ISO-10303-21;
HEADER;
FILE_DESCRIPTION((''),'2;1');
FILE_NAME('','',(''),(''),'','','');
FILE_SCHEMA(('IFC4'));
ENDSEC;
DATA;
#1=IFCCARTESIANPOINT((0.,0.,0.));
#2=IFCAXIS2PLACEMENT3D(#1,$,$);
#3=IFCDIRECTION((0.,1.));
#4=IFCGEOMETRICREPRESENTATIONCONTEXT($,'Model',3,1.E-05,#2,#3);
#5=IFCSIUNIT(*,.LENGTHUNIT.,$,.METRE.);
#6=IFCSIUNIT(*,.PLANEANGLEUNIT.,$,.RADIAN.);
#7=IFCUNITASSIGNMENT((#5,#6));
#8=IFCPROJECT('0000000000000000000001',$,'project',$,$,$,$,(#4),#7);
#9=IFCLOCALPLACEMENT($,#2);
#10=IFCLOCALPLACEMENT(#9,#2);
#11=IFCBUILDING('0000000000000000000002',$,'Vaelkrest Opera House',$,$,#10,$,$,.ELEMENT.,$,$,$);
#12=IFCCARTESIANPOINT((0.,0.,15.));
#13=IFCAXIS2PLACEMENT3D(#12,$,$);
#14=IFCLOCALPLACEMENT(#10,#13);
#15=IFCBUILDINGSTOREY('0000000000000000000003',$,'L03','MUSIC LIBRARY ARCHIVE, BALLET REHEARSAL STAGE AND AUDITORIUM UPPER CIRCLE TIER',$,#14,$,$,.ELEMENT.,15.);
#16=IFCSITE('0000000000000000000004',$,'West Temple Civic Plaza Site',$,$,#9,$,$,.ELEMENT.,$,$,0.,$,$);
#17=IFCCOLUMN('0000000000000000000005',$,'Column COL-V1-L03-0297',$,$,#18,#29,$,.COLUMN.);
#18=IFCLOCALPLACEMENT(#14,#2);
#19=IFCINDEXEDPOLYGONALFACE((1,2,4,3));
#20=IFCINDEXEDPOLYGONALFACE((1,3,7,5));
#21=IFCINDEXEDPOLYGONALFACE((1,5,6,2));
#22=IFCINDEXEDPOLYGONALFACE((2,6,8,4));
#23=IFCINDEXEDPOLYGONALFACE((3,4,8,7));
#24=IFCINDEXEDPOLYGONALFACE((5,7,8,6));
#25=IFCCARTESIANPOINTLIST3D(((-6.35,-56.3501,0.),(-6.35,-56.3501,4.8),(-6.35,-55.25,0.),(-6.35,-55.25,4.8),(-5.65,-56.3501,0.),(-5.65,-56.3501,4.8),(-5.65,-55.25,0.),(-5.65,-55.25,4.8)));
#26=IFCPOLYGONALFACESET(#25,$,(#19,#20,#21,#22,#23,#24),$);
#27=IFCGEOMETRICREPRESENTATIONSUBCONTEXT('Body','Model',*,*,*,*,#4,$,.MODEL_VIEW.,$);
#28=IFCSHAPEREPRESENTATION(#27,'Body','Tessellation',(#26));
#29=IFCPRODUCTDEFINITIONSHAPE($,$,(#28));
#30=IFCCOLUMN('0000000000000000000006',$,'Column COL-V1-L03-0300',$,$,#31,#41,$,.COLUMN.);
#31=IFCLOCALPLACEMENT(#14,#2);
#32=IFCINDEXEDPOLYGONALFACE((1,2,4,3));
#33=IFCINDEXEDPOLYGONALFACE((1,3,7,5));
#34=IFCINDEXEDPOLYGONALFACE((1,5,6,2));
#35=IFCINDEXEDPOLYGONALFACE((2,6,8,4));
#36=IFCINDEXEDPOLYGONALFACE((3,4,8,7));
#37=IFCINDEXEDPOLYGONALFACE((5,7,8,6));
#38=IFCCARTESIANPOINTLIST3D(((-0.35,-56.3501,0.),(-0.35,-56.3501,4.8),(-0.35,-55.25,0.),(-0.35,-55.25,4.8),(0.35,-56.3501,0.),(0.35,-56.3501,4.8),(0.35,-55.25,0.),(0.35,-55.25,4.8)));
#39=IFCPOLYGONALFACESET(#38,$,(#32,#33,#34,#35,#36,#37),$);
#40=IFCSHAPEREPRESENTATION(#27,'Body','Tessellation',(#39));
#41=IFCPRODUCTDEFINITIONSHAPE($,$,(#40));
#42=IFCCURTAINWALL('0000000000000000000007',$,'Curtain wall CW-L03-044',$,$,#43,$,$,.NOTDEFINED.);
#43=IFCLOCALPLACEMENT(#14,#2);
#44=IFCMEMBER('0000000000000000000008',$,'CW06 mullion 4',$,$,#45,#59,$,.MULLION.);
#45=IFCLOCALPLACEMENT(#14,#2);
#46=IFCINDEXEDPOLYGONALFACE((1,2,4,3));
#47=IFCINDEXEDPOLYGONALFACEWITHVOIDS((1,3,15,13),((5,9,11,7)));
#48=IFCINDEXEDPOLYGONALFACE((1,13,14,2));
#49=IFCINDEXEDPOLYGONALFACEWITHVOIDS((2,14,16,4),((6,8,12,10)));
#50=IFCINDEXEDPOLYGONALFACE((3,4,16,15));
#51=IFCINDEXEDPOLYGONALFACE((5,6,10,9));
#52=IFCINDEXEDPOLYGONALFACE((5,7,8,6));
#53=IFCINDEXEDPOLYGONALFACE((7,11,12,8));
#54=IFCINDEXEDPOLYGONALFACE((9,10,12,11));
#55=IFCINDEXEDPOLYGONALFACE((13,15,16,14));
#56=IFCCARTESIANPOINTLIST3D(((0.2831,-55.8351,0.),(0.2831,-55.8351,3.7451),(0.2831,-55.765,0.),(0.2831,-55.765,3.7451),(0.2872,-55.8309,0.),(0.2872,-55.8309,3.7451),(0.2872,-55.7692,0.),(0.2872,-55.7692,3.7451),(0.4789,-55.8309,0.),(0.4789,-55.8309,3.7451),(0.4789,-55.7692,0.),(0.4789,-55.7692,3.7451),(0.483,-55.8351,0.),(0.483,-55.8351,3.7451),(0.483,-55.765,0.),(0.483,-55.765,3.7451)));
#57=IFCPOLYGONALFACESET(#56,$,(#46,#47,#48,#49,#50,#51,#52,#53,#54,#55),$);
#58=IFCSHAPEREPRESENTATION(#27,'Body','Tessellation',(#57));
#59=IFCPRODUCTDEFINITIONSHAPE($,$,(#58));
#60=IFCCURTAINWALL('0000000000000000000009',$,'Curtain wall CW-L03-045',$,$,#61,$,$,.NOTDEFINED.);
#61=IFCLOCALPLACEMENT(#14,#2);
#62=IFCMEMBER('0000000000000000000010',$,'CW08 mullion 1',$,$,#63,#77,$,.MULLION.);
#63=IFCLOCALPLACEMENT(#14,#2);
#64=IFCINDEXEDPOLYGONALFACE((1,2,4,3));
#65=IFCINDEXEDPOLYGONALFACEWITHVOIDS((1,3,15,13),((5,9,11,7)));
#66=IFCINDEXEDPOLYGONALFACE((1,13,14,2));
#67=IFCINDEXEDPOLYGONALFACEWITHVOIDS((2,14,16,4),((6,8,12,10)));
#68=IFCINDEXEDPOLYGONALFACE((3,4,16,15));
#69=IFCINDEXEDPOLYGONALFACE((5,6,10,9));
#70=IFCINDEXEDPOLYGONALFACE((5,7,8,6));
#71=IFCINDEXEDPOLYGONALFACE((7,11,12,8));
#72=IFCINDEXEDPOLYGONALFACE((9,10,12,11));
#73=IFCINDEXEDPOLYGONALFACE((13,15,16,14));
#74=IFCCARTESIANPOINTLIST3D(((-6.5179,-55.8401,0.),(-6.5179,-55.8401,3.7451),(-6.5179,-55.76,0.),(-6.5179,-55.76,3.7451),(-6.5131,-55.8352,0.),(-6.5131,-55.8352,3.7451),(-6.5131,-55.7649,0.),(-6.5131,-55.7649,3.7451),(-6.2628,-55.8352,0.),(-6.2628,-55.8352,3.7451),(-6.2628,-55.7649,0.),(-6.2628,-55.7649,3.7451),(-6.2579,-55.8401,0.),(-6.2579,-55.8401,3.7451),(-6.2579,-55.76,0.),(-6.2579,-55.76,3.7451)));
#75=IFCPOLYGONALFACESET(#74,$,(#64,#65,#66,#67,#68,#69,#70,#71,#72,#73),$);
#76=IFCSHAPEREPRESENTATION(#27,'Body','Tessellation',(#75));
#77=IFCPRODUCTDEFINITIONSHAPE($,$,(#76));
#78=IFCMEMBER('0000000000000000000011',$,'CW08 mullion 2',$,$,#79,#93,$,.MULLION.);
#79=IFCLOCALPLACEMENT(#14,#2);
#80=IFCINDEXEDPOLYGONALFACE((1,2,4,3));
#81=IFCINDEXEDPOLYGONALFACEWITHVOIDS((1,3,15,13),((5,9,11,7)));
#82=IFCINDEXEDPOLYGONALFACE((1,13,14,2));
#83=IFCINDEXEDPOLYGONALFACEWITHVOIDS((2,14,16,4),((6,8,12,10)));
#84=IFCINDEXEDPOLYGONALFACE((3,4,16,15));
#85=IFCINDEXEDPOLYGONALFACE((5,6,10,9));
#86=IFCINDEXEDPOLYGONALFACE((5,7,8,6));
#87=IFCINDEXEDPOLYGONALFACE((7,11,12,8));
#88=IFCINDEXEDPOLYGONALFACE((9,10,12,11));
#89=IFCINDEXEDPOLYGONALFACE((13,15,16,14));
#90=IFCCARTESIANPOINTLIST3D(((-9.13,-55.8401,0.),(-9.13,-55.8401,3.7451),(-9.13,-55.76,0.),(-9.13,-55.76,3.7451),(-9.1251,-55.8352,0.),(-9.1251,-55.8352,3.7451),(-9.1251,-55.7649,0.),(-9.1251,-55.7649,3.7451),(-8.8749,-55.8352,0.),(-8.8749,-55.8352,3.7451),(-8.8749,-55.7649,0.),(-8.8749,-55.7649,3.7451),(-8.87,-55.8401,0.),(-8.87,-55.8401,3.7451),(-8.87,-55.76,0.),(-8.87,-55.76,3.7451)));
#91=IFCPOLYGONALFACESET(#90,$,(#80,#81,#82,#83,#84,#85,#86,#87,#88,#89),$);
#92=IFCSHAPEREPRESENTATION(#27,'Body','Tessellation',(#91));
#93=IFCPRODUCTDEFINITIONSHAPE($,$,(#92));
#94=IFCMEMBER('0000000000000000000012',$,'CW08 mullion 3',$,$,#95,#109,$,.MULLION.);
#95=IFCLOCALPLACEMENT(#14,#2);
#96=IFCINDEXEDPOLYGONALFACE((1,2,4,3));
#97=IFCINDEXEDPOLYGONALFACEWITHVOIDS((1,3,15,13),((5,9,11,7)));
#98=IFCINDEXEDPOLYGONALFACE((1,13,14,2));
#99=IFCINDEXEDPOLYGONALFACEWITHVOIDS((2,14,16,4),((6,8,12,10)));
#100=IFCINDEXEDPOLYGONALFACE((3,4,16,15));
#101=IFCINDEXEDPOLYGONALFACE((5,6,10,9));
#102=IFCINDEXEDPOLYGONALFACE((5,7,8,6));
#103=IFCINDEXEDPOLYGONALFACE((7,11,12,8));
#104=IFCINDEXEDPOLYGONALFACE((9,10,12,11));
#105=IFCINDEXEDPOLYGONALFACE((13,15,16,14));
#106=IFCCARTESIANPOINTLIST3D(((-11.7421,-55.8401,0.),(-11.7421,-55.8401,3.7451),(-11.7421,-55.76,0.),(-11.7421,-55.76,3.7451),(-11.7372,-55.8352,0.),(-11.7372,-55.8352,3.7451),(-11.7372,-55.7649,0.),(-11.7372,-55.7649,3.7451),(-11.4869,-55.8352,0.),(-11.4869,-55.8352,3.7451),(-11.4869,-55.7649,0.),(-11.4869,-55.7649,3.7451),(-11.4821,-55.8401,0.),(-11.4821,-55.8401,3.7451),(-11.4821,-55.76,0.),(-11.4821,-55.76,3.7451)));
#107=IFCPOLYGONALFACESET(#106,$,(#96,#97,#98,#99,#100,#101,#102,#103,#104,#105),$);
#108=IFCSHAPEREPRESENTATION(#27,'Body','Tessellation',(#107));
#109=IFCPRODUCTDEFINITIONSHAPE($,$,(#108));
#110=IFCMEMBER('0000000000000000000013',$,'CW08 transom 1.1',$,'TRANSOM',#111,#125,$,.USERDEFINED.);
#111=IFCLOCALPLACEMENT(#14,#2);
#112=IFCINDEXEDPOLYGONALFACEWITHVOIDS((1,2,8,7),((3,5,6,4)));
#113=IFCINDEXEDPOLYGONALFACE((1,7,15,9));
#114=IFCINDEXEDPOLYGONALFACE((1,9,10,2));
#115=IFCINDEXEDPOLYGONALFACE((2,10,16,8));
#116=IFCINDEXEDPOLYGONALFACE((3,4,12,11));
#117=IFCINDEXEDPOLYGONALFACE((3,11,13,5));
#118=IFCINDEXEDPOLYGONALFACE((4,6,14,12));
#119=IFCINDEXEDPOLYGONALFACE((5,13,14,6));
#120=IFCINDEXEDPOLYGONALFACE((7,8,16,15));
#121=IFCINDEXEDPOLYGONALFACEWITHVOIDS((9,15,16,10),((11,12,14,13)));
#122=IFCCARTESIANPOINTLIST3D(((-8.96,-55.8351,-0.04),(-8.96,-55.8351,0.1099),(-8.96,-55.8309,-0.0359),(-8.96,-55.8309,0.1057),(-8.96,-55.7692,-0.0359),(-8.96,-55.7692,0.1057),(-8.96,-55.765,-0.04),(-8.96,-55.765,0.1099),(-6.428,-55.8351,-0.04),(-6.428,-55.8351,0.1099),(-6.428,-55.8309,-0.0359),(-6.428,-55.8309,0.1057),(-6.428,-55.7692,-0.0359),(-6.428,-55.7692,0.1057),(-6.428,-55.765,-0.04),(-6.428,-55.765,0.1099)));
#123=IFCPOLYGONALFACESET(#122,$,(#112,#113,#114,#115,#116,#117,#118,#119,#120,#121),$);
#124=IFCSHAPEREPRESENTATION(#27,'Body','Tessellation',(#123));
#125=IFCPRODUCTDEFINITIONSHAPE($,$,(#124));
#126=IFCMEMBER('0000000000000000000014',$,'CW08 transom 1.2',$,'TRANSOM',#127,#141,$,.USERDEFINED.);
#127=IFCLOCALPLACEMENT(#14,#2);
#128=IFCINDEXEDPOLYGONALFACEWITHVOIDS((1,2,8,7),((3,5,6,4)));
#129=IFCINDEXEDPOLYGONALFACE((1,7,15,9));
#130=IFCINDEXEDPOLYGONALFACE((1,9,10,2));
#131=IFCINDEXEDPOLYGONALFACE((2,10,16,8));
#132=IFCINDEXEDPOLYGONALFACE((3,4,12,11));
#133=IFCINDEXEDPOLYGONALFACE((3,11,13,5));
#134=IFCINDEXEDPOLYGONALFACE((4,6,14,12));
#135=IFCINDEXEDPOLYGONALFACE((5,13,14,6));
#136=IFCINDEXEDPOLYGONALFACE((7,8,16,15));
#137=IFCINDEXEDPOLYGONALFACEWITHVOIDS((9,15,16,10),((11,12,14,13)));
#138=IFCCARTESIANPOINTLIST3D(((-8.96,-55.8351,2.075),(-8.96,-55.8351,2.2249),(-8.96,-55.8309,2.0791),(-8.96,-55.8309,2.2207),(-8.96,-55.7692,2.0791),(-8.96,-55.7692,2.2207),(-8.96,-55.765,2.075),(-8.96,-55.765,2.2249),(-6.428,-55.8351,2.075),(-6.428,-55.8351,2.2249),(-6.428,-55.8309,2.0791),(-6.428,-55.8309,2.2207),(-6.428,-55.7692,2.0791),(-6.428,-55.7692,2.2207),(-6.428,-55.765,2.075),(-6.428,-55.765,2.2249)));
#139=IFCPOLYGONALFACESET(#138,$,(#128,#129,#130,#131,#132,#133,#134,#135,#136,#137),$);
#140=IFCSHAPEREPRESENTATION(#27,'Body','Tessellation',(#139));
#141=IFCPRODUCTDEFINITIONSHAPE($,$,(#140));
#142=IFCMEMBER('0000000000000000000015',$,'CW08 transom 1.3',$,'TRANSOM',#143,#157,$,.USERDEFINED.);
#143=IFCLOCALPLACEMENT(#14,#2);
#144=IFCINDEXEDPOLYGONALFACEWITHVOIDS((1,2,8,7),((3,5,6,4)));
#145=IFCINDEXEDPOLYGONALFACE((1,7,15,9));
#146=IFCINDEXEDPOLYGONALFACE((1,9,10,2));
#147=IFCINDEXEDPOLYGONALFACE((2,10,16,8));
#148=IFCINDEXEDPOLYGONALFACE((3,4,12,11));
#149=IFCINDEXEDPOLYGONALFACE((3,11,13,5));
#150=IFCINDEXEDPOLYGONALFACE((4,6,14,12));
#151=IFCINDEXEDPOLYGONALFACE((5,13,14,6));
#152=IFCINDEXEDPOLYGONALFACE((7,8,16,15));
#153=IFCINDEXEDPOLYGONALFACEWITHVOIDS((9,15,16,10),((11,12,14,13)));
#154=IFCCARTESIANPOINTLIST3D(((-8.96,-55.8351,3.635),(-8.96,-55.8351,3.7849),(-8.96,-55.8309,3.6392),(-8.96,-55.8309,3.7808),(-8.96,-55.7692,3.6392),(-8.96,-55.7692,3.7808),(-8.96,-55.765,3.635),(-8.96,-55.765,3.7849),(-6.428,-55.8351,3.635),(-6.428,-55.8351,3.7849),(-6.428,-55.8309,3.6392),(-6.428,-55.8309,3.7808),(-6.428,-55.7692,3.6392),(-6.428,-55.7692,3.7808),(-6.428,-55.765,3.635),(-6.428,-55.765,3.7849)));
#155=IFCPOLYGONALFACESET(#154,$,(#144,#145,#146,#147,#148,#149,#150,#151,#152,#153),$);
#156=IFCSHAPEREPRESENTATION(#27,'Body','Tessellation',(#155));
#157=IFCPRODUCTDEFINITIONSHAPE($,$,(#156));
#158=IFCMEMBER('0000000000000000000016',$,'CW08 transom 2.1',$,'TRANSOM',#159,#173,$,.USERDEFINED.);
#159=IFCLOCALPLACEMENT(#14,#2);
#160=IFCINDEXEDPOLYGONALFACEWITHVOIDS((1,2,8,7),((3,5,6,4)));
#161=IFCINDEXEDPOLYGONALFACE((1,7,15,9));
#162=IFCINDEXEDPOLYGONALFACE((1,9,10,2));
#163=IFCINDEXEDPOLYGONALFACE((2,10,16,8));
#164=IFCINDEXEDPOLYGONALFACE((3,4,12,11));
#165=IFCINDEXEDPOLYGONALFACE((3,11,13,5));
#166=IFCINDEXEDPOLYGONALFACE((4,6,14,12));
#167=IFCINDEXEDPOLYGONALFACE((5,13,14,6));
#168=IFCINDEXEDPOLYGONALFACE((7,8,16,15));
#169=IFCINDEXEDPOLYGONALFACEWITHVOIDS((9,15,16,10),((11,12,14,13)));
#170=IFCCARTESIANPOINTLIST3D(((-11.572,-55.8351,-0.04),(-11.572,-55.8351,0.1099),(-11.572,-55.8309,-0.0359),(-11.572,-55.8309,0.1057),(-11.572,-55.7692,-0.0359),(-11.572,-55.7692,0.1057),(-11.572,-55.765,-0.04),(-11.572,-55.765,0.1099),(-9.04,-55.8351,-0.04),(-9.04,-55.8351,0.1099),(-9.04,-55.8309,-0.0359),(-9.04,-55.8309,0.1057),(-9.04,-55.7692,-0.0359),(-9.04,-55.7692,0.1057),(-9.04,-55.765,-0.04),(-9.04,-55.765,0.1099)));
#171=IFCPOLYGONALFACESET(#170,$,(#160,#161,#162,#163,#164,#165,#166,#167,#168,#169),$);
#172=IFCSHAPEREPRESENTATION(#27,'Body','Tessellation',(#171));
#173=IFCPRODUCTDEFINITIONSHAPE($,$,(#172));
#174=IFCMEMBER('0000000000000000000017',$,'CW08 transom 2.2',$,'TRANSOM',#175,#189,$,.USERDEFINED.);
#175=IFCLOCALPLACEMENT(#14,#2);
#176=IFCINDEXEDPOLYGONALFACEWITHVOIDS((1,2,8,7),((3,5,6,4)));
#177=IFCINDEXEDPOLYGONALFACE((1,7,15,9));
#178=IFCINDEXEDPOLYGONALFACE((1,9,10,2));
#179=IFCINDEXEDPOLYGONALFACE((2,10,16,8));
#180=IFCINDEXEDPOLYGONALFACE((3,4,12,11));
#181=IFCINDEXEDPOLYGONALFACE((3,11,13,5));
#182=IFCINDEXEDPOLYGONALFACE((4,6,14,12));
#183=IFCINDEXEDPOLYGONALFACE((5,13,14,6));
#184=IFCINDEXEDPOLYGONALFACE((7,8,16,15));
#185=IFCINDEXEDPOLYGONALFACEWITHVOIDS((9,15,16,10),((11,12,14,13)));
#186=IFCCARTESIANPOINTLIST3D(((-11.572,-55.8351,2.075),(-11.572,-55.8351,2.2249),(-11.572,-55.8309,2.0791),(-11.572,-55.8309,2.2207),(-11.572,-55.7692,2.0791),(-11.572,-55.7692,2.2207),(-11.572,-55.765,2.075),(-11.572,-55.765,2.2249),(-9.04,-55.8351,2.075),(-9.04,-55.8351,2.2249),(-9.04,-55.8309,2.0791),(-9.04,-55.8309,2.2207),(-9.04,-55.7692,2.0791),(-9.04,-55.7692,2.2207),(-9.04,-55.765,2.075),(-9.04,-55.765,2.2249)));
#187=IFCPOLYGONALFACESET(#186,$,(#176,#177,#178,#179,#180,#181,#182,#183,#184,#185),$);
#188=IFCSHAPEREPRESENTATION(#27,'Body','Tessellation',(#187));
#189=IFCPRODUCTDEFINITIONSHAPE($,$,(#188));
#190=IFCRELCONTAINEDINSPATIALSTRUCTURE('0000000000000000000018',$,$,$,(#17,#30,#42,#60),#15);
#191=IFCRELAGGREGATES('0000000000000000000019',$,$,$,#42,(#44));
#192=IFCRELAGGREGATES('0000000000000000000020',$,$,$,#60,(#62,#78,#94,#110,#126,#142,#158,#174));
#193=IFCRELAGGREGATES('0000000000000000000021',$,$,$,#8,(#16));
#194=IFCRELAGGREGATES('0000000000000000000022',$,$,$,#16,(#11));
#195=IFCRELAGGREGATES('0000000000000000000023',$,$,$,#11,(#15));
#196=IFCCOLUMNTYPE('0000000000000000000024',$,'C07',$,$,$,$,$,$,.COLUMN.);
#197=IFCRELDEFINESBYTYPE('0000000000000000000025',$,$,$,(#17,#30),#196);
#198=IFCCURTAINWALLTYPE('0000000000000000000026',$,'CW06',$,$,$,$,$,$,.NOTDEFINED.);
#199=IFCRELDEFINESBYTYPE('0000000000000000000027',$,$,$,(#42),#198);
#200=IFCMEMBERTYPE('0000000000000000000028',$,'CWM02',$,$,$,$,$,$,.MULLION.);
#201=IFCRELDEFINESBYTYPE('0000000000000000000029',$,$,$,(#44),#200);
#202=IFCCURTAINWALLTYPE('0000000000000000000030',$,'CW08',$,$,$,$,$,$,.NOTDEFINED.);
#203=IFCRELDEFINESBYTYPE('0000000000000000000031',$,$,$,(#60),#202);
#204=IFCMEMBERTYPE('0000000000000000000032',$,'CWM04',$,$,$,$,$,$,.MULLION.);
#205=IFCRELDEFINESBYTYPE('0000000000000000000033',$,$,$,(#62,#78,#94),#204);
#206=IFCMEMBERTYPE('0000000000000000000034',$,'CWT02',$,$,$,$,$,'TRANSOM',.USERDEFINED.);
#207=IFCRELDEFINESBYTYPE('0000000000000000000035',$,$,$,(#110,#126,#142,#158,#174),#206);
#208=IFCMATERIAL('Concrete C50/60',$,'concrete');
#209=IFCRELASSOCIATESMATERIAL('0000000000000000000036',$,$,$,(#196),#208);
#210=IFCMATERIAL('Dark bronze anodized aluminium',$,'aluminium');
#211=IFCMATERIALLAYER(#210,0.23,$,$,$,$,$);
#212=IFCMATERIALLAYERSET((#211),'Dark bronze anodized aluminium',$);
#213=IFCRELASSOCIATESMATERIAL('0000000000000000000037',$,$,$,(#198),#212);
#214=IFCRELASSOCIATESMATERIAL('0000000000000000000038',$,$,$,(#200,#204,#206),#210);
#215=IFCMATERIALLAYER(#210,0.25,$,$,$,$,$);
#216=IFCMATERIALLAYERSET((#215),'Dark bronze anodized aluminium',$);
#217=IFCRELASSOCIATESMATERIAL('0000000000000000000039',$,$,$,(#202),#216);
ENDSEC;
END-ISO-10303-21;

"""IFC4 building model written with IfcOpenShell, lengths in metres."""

from ifc_helpers import new_model, si_unit, direction, frame, origin, origin_2d, place, context, subcontext, project, spatial, rectangle, hollow_rectangle, extrude, material, layer, layer_set, material_profile, profile_set, type_object, element, aggregate, save


model = new_model("IFC4")

# Units and contexts
model_context = context("Model", 3, precision=1e-05, world=origin(), true_north=direction((0.0, 1.0)))
body_context = subcontext(model_context, "Body", "Model", "MODEL_VIEW")
ifc_project = project(units=[si_unit("LENGTHUNIT", "METRE"), si_unit("PLANEANGLEUNIT", "RADIAN")], contexts=[model_context])

# Site, building, storey
site_placement = place(None, origin())
site = spatial("IfcSite", under=ifc_project, at=site_placement, Name="West Temple Civic Plaza Site", CompositionType="ELEMENT", RefElevation=0.0)
building_placement = place(site_placement, origin())
building = spatial("IfcBuilding", under=site, at=building_placement, Name="Vaelkrest Opera House", CompositionType="ELEMENT")
storey_placement = place(building_placement, frame((0.0, 0.0, 15.0)))
storey = spatial("IfcBuildingStorey", under=building, at=storey_placement, Name="L03", Description="MUSIC LIBRARY ARCHIVE, BALLET REHEARSAL STAGE AND AUDITORIUM UPPER CIRCLE TIER", CompositionType="ELEMENT", Elevation=15.0)

# Columns
ifc_material_1 = material(Name="Concrete C50/60", Category="concrete")
ifc_material_profile_1 = material_profile(ifc_material_1, rectangle(XDim=0.7, YDim=1.1001, at=origin_2d()), Name="RC700X1100")
ifc_profile_set_1 = profile_set([ifc_material_profile_1], Name="Concrete C50/60")
column_type = type_object("IfcColumnType", Name="C07", PredefinedType="COLUMN", material=ifc_profile_set_1)
for number, where, z_axis, x_axis, name in (
    (1, (-6.0, -55.8, 0.0), (0.0, 0.0, 1.0), (1.0, 0.0, 0.0), "Column COL-V1-L03-0297"),
    (2, (0.0, -55.8, 0.0), (0.0, 0.0, 1.0), (1.0, 0.0, 0.0), "Column COL-V1-L03-0300"),
):
    element("IfcColumn", number, at=place(storey_placement, frame(where, z_axis=z_axis, x_axis=x_axis)), inside=storey, type_object=column_type, Name=name, PredefinedType="COLUMN", context=body_context, shape_type="SweptSolid", body=[
        extrude(rectangle(XDim=0.7, YDim=1.1001, at=origin_2d()), origin(), (0.0, 0.0, 1.0), 4.8),
    ])

# Curtain wall, member
ifc_material_2 = material(Name="Dark bronze anodized aluminium", Category="aluminium")
ifc_layer_1 = layer(ifc_material_2, 0.23)
ifc_layer_set_1 = layer_set([ifc_layer_1], Name="Dark bronze anodized aluminium")
curtain_wall_type_1 = type_object("IfcCurtainWallType", Name="CW06", PredefinedType="NOTDEFINED", material=ifc_layer_set_1)
curtain_wall_1_placement = place(storey_placement, origin())
curtain_wall_1 = element("IfcCurtainWall", 3, at=curtain_wall_1_placement, inside=storey, type_object=curtain_wall_type_1, Name="Curtain wall CW-L03-044", PredefinedType="NOTDEFINED")
ifc_material_profile_2 = material_profile(ifc_material_2, hollow_rectangle(XDim=0.0701, YDim=0.2, WallThickness=0.0042, at=origin_2d()), Name="CWM70X200")
ifc_profile_set_2 = profile_set([ifc_material_profile_2], Name="Dark bronze anodized aluminium")
member_type_1 = type_object("IfcMemberType", Name="CWM02", PredefinedType="MULLION", material=ifc_profile_set_2)
member_1_placement = place(storey_placement, frame((0.3831, -55.8, 0.0), z_axis=(0.0, 0.0, 1.0), x_axis=(0.0, -1.0, 0.0)))
member_1 = element("IfcMember", 4, at=member_1_placement, type_object=member_type_1, Name="CW06 mullion 4", PredefinedType="MULLION", context=body_context, shape_type="SweptSolid", body=[
    extrude(hollow_rectangle(XDim=0.0701, YDim=0.2, WallThickness=0.0042, at=origin_2d()), origin(), (0.0, 0.0, 1.0), 3.7451),
])

# Curtain wall, members
ifc_layer_2 = layer(ifc_material_2, 0.25)
ifc_layer_set_2 = layer_set([ifc_layer_2], Name="Dark bronze anodized aluminium")
curtain_wall_type_2 = type_object("IfcCurtainWallType", Name="CW08", PredefinedType="NOTDEFINED", material=ifc_layer_set_2)
curtain_wall_2_placement = place(storey_placement, origin())
curtain_wall_2 = element("IfcCurtainWall", 5, at=curtain_wall_2_placement, inside=storey, type_object=curtain_wall_type_2, Name="Curtain wall CW-L03-045", PredefinedType="NOTDEFINED")
ifc_material_profile_3 = material_profile(ifc_material_2, hollow_rectangle(XDim=0.0801, YDim=0.26, WallThickness=0.0049, at=origin_2d()), Name="CWM80X260")
ifc_profile_set_3 = profile_set([ifc_material_profile_3], Name="Dark bronze anodized aluminium")
member_type_2 = type_object("IfcMemberType", Name="CWM04", PredefinedType="MULLION", material=ifc_profile_set_3)
member_2_placement = place(storey_placement, frame((-6.3879, -55.8, 0.0), z_axis=(0.0, 0.0, 1.0), x_axis=(0.0, -1.0, 0.0)))
member_2 = element("IfcMember", 6, at=member_2_placement, type_object=member_type_2, Name="CW08 mullion 1", PredefinedType="MULLION", context=body_context, shape_type="SweptSolid", body=[
    extrude(hollow_rectangle(XDim=0.0801, YDim=0.26, WallThickness=0.0049, at=origin_2d()), origin(), (0.0, 0.0, 1.0), 3.7451),
])
member_3_placement = place(storey_placement, frame((-9.0, -55.8, 0.0), z_axis=(0.0, 0.0, 1.0), x_axis=(0.0, -1.0, 0.0)))
member_3 = element("IfcMember", 7, at=member_3_placement, type_object=member_type_2, Name="CW08 mullion 2", PredefinedType="MULLION", context=body_context, shape_type="SweptSolid", body=[
    extrude(hollow_rectangle(XDim=0.0801, YDim=0.26, WallThickness=0.0049, at=origin_2d()), origin(), (0.0, 0.0, 1.0), 3.7451),
])
member_4_placement = place(storey_placement, frame((-11.6121, -55.8, 0.0), z_axis=(0.0, 0.0, 1.0), x_axis=(0.0, -1.0, 0.0)))
member_4 = element("IfcMember", 8, at=member_4_placement, type_object=member_type_2, Name="CW08 mullion 3", PredefinedType="MULLION", context=body_context, shape_type="SweptSolid", body=[
    extrude(hollow_rectangle(XDim=0.0801, YDim=0.26, WallThickness=0.0049, at=origin_2d()), origin(), (0.0, 0.0, 1.0), 3.7451),
])
ifc_material_profile_4 = material_profile(ifc_material_2, hollow_rectangle(XDim=0.0701, YDim=0.1499, WallThickness=0.0042, at=origin_2d()), Name="CWT70X150")
ifc_profile_set_4 = profile_set([ifc_material_profile_4], Name="Dark bronze anodized aluminium")
member_type_3 = type_object("IfcMemberType", Name="CWT02", ElementType="TRANSOM", PredefinedType="USERDEFINED", material=ifc_profile_set_4)
member_5_placement = place(storey_placement, frame((-6.428, -55.8, 0.0349), z_axis=(-1.0, 0.0, 0.0), x_axis=(0.0, -1.0, 0.0)))
member_5 = element("IfcMember", 9, at=member_5_placement, type_object=member_type_3, Name="CW08 transom 1.1", ObjectType="TRANSOM", PredefinedType="USERDEFINED", context=body_context, shape_type="SweptSolid", body=[
    extrude(hollow_rectangle(XDim=0.0701, YDim=0.1499, WallThickness=0.0042, at=origin_2d()), origin(), (0.0, 0.0, 1.0), 2.532),
])
member_6_placement = place(storey_placement, frame((-6.428, -55.8, 2.1499), z_axis=(-1.0, 0.0, 0.0), x_axis=(0.0, -1.0, 0.0)))
member_6 = element("IfcMember", 10, at=member_6_placement, type_object=member_type_3, Name="CW08 transom 1.2", ObjectType="TRANSOM", PredefinedType="USERDEFINED", context=body_context, shape_type="SweptSolid", body=[
    extrude(hollow_rectangle(XDim=0.0701, YDim=0.1499, WallThickness=0.0042, at=origin_2d()), origin(), (0.0, 0.0, 1.0), 2.532),
])
member_7_placement = place(storey_placement, frame((-6.428, -55.8, 3.71), z_axis=(-1.0, 0.0, 0.0), x_axis=(0.0, -1.0, 0.0)))
member_7 = element("IfcMember", 11, at=member_7_placement, type_object=member_type_3, Name="CW08 transom 1.3", ObjectType="TRANSOM", PredefinedType="USERDEFINED", context=body_context, shape_type="SweptSolid", body=[
    extrude(hollow_rectangle(XDim=0.0701, YDim=0.1499, WallThickness=0.0042, at=origin_2d()), origin(), (0.0, 0.0, 1.0), 2.532),
])
member_8_placement = place(storey_placement, frame((-9.04, -55.8, 0.0349), z_axis=(-1.0, 0.0, 0.0), x_axis=(0.0, -1.0, 0.0)))
member_8 = element("IfcMember", 12, at=member_8_placement, type_object=member_type_3, Name="CW08 transom 2.1", ObjectType="TRANSOM", PredefinedType="USERDEFINED", context=body_context, shape_type="SweptSolid", body=[
    extrude(hollow_rectangle(XDim=0.0701, YDim=0.1499, WallThickness=0.0042, at=origin_2d()), origin(), (0.0, 0.0, 1.0), 2.532),
])
member_9_placement = place(storey_placement, frame((-9.04, -55.8, 2.1499), z_axis=(-1.0, 0.0, 0.0), x_axis=(0.0, -1.0, 0.0)))
member_9 = element("IfcMember", 13, at=member_9_placement, type_object=member_type_3, Name="CW08 transom 2.2", ObjectType="TRANSOM", PredefinedType="USERDEFINED", context=body_context, shape_type="SweptSolid", body=[
    extrude(hollow_rectangle(XDim=0.0701, YDim=0.1499, WallThickness=0.0042, at=origin_2d()), origin(), (0.0, 0.0, 1.0), 2.532),
])

aggregate(curtain_wall_1, [member_1])
aggregate(curtain_wall_2, [member_2, member_3, member_4, member_5, member_6, member_7, member_8, member_9])

save(model, "model.ifc")
